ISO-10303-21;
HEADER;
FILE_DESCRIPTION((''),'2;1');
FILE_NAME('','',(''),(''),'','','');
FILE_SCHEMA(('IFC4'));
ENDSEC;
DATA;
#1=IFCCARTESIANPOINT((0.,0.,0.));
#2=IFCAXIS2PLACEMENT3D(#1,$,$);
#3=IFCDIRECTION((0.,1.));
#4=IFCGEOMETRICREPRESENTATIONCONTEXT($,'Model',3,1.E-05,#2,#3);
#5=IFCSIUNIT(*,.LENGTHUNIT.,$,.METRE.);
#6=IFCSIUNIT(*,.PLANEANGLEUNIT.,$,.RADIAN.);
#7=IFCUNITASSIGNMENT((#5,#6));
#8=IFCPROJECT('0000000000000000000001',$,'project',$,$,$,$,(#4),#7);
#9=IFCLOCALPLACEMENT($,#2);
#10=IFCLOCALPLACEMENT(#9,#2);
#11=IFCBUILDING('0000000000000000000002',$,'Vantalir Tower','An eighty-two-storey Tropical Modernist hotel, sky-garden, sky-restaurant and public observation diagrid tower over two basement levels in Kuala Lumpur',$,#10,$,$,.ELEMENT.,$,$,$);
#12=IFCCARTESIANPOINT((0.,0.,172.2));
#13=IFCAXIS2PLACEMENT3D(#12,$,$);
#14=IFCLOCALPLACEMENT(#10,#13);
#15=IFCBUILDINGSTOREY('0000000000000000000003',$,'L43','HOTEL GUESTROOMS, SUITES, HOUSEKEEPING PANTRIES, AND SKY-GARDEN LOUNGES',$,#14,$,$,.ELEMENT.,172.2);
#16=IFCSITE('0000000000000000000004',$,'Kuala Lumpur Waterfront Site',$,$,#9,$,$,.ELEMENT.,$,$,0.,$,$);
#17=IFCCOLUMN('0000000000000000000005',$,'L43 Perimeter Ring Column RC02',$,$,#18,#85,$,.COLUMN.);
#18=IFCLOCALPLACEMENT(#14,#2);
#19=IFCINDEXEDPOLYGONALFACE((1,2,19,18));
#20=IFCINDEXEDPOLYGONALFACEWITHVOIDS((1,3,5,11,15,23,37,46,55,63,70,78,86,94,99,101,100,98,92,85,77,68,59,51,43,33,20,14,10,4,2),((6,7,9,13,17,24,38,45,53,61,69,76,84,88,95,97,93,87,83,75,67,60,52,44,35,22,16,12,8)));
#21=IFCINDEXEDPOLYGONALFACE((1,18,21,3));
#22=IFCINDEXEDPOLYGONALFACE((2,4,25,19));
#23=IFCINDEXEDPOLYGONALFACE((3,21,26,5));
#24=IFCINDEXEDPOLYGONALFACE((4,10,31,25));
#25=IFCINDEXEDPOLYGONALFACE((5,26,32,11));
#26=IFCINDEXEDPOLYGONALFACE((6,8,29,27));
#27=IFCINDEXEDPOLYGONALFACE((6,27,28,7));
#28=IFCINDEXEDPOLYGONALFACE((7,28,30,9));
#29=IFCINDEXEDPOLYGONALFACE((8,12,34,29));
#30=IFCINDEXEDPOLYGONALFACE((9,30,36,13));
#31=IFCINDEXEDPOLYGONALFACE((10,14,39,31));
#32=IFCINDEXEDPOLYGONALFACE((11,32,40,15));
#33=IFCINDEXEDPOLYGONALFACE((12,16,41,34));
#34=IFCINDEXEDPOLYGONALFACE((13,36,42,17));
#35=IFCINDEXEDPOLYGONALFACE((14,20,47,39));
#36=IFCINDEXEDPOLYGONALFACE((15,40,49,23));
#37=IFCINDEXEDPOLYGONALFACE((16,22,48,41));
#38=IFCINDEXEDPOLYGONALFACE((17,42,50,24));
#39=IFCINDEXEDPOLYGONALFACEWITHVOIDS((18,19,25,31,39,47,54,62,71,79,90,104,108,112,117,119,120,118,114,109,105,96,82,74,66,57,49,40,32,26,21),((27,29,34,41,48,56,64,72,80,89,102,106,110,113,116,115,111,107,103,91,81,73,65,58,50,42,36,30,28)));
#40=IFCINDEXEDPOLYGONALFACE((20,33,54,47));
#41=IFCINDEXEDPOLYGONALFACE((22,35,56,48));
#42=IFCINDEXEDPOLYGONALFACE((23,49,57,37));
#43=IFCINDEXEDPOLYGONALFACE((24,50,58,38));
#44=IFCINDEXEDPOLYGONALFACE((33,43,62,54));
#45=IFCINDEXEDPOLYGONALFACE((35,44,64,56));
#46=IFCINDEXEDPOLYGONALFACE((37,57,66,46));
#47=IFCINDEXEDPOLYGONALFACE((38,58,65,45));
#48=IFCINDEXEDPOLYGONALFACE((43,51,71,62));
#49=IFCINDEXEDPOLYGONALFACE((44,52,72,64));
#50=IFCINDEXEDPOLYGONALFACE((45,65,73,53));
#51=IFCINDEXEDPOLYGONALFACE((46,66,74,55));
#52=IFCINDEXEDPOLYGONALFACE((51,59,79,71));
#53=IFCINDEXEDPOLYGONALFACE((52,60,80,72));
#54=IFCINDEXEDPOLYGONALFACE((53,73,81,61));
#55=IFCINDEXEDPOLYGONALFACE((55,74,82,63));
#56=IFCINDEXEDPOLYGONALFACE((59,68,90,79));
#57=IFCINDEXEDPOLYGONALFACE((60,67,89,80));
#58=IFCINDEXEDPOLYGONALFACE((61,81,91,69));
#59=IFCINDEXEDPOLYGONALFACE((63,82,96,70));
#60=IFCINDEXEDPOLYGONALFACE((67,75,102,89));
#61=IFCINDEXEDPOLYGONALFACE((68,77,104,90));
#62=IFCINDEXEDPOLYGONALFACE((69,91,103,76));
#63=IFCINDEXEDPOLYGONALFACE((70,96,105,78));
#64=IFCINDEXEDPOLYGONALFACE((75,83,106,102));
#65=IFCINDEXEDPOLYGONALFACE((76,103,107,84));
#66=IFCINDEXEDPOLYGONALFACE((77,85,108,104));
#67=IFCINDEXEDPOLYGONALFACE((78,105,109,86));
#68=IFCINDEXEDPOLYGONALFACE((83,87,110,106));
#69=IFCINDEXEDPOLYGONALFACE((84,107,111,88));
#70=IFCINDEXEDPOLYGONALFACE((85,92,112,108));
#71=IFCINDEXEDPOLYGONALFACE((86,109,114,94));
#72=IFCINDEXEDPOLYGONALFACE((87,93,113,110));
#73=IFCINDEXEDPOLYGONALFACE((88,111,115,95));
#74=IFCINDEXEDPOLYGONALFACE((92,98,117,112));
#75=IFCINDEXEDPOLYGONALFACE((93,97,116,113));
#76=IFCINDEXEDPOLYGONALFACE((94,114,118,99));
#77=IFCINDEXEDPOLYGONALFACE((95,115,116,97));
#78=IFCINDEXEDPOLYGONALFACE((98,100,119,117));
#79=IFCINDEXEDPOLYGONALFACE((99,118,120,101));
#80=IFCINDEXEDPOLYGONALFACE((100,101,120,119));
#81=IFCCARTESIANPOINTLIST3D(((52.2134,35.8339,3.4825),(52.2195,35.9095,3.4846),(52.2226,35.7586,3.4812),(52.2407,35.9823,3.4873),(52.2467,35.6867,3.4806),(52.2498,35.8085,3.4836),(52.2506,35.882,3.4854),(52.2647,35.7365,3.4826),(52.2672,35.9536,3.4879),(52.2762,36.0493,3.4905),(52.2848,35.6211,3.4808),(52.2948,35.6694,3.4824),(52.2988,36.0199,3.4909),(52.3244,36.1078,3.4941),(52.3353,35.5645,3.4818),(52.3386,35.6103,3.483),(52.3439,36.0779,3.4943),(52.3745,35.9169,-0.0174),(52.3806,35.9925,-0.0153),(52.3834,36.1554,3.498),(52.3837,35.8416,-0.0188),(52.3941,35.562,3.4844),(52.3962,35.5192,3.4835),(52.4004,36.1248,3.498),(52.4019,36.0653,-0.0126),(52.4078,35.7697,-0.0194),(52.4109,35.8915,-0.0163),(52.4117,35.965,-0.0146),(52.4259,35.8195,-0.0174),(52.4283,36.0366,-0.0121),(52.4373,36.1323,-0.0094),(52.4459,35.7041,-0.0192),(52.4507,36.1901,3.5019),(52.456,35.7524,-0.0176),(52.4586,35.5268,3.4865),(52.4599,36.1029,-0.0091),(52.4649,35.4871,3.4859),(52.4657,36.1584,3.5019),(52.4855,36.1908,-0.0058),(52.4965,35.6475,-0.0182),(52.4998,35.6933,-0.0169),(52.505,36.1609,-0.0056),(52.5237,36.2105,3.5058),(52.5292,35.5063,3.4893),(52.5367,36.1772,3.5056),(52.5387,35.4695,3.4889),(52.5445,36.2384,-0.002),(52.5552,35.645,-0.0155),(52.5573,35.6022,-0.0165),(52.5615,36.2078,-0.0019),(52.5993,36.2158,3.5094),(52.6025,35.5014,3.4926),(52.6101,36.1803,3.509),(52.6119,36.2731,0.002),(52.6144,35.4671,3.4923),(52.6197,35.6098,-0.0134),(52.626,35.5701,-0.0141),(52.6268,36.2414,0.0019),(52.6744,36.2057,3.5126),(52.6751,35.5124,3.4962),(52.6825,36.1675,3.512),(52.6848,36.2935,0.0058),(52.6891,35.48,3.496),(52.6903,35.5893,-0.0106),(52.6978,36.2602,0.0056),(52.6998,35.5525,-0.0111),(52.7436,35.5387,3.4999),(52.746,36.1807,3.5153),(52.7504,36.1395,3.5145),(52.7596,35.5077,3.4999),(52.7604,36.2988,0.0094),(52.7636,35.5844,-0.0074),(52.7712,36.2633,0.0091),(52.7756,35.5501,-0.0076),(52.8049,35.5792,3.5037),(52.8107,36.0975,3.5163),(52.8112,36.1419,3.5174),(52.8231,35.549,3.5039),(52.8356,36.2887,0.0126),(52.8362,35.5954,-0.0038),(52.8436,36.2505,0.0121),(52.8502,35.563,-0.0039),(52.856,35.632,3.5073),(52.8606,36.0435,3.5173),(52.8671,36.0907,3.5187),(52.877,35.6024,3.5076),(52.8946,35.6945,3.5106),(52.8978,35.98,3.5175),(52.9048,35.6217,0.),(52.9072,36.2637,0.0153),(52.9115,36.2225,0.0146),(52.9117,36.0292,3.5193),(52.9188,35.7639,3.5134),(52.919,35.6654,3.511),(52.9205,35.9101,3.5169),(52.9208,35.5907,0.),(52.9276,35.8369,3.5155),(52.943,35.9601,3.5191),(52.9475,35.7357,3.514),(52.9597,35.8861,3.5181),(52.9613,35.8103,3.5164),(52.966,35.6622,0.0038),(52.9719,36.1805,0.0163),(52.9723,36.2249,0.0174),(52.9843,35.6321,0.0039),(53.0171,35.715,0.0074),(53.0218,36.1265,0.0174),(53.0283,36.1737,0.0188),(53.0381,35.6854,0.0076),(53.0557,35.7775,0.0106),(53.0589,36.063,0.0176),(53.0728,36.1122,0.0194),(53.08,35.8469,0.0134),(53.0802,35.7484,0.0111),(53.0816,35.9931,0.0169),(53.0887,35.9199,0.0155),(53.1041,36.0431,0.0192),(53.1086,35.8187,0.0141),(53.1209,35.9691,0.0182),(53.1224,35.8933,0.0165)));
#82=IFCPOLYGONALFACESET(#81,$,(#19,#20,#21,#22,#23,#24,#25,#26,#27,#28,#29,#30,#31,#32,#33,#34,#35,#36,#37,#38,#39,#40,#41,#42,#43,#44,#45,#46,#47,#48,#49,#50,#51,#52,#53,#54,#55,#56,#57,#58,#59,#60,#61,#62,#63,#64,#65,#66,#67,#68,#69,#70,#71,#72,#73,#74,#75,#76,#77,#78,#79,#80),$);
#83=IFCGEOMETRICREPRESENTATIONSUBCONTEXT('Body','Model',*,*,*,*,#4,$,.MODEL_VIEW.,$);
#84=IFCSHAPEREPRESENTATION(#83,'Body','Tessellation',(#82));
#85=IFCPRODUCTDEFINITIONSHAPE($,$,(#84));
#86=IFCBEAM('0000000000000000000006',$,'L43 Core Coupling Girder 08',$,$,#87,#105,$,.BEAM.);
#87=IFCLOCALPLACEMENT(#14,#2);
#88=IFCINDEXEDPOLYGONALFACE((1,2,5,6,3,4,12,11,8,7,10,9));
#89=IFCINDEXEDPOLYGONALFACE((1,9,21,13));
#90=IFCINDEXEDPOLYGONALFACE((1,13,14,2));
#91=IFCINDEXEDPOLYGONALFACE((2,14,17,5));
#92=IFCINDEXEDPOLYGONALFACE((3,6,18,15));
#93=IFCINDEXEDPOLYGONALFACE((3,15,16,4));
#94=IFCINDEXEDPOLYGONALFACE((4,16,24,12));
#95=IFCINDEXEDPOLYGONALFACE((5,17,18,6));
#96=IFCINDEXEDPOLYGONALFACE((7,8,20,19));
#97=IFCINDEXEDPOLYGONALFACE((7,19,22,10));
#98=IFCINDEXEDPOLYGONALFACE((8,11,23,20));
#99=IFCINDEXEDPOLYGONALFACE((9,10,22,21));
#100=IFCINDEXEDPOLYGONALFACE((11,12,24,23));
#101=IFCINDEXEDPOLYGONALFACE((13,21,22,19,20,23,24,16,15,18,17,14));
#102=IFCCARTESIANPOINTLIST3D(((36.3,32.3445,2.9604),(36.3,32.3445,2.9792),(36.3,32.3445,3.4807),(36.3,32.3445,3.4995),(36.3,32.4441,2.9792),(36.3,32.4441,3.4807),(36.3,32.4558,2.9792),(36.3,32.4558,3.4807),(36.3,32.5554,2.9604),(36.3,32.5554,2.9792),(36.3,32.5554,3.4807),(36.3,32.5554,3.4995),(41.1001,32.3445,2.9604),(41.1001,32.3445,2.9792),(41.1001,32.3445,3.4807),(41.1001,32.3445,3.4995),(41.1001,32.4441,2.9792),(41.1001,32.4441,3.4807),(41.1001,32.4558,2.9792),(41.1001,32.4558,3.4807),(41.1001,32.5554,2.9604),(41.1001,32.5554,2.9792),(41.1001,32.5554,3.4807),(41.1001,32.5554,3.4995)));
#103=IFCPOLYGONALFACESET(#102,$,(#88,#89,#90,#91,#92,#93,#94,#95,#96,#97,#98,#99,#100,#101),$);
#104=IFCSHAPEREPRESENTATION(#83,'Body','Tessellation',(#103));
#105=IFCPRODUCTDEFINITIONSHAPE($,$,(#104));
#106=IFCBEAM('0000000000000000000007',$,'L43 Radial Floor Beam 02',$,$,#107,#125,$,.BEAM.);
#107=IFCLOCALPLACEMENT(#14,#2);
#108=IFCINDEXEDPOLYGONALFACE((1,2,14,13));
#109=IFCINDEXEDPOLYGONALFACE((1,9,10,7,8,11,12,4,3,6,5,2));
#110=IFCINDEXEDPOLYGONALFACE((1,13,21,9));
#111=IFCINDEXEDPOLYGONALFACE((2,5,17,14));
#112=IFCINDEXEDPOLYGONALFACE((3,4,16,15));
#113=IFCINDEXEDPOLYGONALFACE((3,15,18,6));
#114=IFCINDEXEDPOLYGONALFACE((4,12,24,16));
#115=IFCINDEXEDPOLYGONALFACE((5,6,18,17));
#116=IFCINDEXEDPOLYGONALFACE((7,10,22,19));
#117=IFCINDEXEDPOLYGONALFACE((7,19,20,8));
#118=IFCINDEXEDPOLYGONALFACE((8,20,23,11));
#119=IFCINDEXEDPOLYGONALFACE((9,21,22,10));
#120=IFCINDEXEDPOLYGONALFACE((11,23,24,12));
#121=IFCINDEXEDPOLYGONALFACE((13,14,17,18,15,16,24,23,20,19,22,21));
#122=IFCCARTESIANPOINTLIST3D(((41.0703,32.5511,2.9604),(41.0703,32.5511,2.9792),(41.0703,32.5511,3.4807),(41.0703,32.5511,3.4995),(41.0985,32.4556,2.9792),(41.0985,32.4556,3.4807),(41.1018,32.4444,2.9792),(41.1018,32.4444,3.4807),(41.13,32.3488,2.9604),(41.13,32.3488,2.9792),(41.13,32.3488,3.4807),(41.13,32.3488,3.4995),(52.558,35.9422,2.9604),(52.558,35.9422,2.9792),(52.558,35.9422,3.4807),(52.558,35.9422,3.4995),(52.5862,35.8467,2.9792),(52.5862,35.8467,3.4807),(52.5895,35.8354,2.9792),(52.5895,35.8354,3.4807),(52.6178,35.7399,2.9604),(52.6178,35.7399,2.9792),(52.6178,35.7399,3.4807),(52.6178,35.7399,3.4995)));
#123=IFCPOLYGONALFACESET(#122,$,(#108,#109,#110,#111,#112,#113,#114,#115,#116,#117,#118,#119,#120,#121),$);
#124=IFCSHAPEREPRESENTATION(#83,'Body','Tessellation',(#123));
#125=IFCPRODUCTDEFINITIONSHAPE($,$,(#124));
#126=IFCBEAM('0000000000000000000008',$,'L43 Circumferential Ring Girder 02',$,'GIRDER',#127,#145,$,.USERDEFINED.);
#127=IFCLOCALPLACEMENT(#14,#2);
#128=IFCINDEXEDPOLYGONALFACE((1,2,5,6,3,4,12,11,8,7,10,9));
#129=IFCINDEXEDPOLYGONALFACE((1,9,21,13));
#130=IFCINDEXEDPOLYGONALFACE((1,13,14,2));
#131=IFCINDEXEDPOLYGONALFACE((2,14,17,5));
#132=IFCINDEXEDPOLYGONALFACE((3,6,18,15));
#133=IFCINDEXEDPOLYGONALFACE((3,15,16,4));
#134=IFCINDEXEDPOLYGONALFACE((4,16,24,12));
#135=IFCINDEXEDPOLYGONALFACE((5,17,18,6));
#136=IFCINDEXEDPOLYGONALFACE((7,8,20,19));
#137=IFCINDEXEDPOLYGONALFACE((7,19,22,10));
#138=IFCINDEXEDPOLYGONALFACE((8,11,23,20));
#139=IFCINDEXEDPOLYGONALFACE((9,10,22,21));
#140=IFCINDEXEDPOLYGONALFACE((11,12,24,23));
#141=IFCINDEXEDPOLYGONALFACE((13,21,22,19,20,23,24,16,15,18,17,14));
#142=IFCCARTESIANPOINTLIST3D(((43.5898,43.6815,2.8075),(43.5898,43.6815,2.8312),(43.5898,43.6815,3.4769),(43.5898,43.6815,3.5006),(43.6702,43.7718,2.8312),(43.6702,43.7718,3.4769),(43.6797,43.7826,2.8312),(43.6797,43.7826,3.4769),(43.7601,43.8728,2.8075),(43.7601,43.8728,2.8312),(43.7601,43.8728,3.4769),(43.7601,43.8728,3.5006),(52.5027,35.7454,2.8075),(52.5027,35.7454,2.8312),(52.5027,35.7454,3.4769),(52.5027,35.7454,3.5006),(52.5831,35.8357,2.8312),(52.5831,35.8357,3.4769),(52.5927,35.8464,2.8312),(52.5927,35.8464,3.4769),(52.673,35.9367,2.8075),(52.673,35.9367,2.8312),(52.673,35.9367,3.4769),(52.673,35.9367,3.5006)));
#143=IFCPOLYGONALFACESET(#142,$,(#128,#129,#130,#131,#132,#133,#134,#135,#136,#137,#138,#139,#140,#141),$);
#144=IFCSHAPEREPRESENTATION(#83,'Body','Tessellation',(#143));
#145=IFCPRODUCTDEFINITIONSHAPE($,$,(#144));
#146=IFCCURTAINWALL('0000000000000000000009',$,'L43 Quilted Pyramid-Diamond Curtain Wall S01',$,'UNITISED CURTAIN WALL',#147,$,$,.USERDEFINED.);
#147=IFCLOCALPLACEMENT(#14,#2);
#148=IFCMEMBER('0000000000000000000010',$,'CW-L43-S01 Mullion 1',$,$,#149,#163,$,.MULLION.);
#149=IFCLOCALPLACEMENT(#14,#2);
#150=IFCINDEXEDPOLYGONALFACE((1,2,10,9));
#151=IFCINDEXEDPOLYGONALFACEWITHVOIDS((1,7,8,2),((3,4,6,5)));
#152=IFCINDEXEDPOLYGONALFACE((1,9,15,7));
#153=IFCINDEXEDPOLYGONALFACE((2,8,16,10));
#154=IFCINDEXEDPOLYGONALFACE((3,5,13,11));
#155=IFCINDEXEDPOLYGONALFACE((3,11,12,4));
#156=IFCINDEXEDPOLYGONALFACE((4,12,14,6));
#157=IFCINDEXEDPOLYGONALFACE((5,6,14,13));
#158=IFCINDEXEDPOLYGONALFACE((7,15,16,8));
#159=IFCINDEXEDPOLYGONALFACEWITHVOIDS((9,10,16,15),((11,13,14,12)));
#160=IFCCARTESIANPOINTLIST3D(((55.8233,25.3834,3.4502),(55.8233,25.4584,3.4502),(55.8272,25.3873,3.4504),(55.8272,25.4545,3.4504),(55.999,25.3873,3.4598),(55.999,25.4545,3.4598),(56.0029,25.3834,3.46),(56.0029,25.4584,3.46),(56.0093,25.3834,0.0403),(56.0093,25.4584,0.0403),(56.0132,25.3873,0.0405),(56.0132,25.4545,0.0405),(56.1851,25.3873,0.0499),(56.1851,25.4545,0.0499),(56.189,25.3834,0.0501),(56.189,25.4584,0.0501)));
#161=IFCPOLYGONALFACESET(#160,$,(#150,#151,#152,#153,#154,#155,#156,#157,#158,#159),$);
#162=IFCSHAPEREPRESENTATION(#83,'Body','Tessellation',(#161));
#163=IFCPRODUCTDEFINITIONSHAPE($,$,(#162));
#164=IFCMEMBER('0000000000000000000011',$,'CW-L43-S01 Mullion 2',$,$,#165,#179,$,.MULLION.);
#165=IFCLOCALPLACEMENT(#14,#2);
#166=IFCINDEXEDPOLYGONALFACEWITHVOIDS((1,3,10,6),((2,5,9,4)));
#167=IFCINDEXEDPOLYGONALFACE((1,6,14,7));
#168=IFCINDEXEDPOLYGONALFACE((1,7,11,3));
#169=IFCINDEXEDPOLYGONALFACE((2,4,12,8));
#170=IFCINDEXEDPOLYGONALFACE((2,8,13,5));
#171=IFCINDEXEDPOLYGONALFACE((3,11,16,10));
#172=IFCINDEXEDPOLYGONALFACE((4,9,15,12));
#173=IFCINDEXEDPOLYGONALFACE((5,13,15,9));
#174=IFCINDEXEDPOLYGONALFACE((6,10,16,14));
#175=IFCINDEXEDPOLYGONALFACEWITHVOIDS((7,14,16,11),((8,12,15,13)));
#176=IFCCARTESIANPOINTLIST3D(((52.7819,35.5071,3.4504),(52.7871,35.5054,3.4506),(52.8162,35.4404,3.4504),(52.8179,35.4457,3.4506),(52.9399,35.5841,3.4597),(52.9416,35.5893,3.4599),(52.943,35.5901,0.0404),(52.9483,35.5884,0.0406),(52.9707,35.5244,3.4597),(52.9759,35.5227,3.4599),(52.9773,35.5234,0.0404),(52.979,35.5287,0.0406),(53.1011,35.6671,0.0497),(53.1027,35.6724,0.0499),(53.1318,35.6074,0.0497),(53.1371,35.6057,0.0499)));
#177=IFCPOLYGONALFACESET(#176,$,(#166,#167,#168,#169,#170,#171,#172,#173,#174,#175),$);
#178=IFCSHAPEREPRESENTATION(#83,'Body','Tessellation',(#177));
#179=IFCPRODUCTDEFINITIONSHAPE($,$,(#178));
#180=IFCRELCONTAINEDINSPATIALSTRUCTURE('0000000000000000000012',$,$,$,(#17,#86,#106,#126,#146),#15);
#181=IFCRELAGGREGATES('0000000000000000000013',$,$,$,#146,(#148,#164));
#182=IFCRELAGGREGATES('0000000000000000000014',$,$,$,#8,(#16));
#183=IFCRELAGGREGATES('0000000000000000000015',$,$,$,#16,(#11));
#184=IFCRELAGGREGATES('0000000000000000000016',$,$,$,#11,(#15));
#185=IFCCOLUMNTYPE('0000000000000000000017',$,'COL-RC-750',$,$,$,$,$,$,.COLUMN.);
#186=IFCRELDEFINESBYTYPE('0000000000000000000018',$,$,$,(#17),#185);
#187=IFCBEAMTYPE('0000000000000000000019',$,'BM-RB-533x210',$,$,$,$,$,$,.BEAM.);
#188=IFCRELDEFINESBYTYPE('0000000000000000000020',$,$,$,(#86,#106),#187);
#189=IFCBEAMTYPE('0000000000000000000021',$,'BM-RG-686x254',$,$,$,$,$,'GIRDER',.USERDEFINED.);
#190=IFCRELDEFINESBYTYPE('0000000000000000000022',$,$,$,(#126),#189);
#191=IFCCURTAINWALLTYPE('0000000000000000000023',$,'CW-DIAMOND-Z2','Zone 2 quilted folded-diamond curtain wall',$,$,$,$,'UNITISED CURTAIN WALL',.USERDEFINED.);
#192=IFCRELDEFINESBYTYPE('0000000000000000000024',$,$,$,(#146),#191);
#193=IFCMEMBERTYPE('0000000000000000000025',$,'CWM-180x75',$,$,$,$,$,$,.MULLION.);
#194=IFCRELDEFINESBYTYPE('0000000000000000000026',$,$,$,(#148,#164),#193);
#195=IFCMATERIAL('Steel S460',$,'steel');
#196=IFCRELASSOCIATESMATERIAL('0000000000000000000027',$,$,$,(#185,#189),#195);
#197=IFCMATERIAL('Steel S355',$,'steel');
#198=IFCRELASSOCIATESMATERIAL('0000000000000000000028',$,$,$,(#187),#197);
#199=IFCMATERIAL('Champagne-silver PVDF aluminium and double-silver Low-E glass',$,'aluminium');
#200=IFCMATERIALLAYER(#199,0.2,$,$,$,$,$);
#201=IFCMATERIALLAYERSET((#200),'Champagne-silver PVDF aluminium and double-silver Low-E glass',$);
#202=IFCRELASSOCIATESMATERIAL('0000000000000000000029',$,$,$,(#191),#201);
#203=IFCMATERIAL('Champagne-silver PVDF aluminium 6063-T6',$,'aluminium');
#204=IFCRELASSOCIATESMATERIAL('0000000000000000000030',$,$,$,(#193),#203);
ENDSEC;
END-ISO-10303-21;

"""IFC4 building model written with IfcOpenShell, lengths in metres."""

from ifc_helpers import new_model, si_unit, direction, frame, origin, origin_2d, place, context, subcontext, project, spatial, hollow_rectangle, hollow_circle, i_section, extrude, material, layer, layer_set, material_profile, profile_set, type_object, element, aggregate, save


model = new_model("IFC4")

# Units and contexts
model_context = context("Model", 3, precision=1e-05, world=origin(), true_north=direction((0.0, 1.0)))
body_context = subcontext(model_context, "Body", "Model", "MODEL_VIEW")
ifc_project = project(units=[si_unit("LENGTHUNIT", "METRE"), si_unit("PLANEANGLEUNIT", "RADIAN")], contexts=[model_context])

# Site, building, storey
site_placement = place(None, origin())
site = spatial("IfcSite", under=ifc_project, at=site_placement, Name="Kuala Lumpur Waterfront Site", CompositionType="ELEMENT", RefElevation=0.0)
building_placement = place(site_placement, origin())
building = spatial("IfcBuilding", under=site, at=building_placement, Name="Vantalir Tower", Description="An eighty-two-storey Tropical Modernist hotel, sky-garden, sky-restaurant and public observation diagrid tower over two basement levels in Kuala Lumpur", CompositionType="ELEMENT")
storey_placement = place(building_placement, frame((0.0, 0.0, 172.2)))
storey = spatial("IfcBuildingStorey", under=building, at=storey_placement, Name="L43", Description="HOTEL GUESTROOMS, SUITES, HOUSEKEEPING PANTRIES, AND SKY-GARDEN LOUNGES", CompositionType="ELEMENT", Elevation=172.2)

# Column
ifc_material_1 = material(Name="Steel S460", Category="steel")
ifc_material_profile_1 = material_profile(ifc_material_1, hollow_circle(Radius=0.375, WallThickness=0.0349, at=origin_2d()), Name="Steel S460")
ifc_profile_set_1 = profile_set([ifc_material_profile_1], Name="Steel S460")
column_type = type_object("IfcColumnType", Name="COL-RC-750", PredefinedType="COLUMN", material=ifc_profile_set_1)
column_placement = place(storey_placement, frame((52.749, 35.9241, 0.0), z_axis=(-0.045976, -0.023685, 0.998662), x_axis=(0.457957, -0.888975, 0.0)))
element("IfcColumn", 1, at=column_placement, inside=storey, type_object=column_type, Name="L43 Perimeter Ring Column RC02", PredefinedType="COLUMN", context=body_context, shape_type="SweptSolid", body=[
    extrude(hollow_circle(Radius=0.375, WallThickness=0.0349, at=origin_2d()), origin(), (0.0, 0.0, 1.0), 3.5046),
])

# Beams
ifc_material_2 = material(Name="Steel S355", Category="steel")
ifc_material_profile_2 = material_profile(ifc_material_2, i_section(OverallWidth=0.2109, OverallDepth=0.5391, WebThickness=0.0117, FlangeThickness=0.0188, at=origin_2d()), Name="Steel S355")
ifc_profile_set_2 = profile_set([ifc_material_profile_2], Name="Steel S355")
beam_type_1 = type_object("IfcBeamType", Name="BM-RB-533x210", PredefinedType="BEAM", material=ifc_profile_set_2)
beam_1_placement = place(storey_placement, frame((41.1001, 32.45, 3.23), z_axis=(-1.0, 0.0, 0.0), x_axis=(0.0, -1.0, 0.0)))
element("IfcBeam", 2, at=beam_1_placement, inside=storey, type_object=beam_type_1, Name="L43 Core Coupling Girder 08", PredefinedType="BEAM", context=body_context, shape_type="SweptSolid", body=[
    extrude(i_section(OverallWidth=0.2109, OverallDepth=0.5391, WebThickness=0.0117, FlangeThickness=0.0188, at=origin_2d()), origin(), (0.0, 0.0, 1.0), 4.8),
])
beam_2_placement = place(storey_placement, frame((52.5879, 35.8411, 3.23), z_axis=(-0.959086, -0.283115, 0.0), x_axis=(0.283115, -0.959086, 0.0)))
element("IfcBeam", 3, at=beam_2_placement, inside=storey, type_object=beam_type_1, Name="L43 Radial Floor Beam 02", PredefinedType="BEAM", context=body_context, shape_type="SweptSolid", body=[
    extrude(i_section(OverallWidth=0.2109, OverallDepth=0.5391, WebThickness=0.0117, FlangeThickness=0.0188, at=origin_2d()), origin(), (0.0, 0.0, 1.0), 11.9778),
])
ifc_material_profile_3 = material_profile(ifc_material_1, i_section(OverallWidth=0.2561, OverallDepth=0.6931, WebThickness=0.0144, FlangeThickness=0.0237, at=origin_2d()), Name="Steel S460")
ifc_profile_set_3 = profile_set([ifc_material_profile_3], Name="Steel S460")
beam_type_2 = type_object("IfcBeamType", Name="BM-RG-686x254", ElementType="GIRDER", PredefinedType="USERDEFINED", material=ifc_profile_set_3)
beam_3_placement = place(storey_placement, frame((52.5879, 35.8411, 3.1541), z_axis=(-0.746847, 0.664996, 0.0), x_axis=(-0.664996, -0.746847, 0.0)))
element("IfcBeam", 4, at=beam_3_placement, inside=storey, type_object=beam_type_2, Name="L43 Circumferential Ring Girder 02", ObjectType="GIRDER", PredefinedType="USERDEFINED", context=body_context, shape_type="SweptSolid", body=[
    extrude(i_section(OverallWidth=0.2561, OverallDepth=0.6931, WebThickness=0.0144, FlangeThickness=0.0237, at=origin_2d()), origin(), (0.0, 0.0, 1.0), 11.9341),
])

# Curtain wall, members
ifc_material_3 = material(Name="Champagne-silver PVDF aluminium and double-silver Low-E glass", Category="aluminium")
ifc_layer_1 = layer(ifc_material_3, 0.2)
ifc_layer_set_1 = layer_set([ifc_layer_1], Name="Champagne-silver PVDF aluminium and double-silver Low-E glass")
curtain_wall_type = type_object("IfcCurtainWallType", Name="CW-DIAMOND-Z2", Description="Zone 2 quilted folded-diamond curtain wall", ElementType="UNITISED CURTAIN WALL", PredefinedType="USERDEFINED", material=ifc_layer_set_1)
curtain_wall_placement = place(storey_placement, origin())
curtain_wall = element("IfcCurtainWall", 5, at=curtain_wall_placement, inside=storey, type_object=curtain_wall_type, Name="L43 Quilted Pyramid-Diamond Curtain Wall S01", ObjectType="UNITISED CURTAIN WALL", PredefinedType="USERDEFINED")
ifc_material_4 = material(Name="Champagne-silver PVDF aluminium 6063-T6", Category="aluminium")
ifc_material_profile_4 = material_profile(ifc_material_4, hollow_rectangle(XDim=0.075, YDim=0.1799, WallThickness=0.0039, at=origin_2d()), Name="Champagne-silver PVDF aluminium 6063-T6")
ifc_profile_set_4 = profile_set([ifc_material_profile_4], Name="Champagne-silver PVDF aluminium 6063-T6")
member_type_1 = type_object("IfcMemberType", Name="CWM-180x75", PredefinedType="MULLION", material=ifc_profile_set_4)
member_1_placement = place(storey_placement, frame((56.0991, 25.4209, 0.0452), z_axis=(-0.054476, 0.0, 0.998515), x_axis=(0.0, -1.0, 0.0)))
member_1 = element("IfcMember", 6, at=member_1_placement, type_object=member_type_1, Name="CW-L43-S01 Mullion 1", PredefinedType="MULLION", context=body_context, shape_type="SweptSolid", body=[
    extrude(hollow_rectangle(XDim=0.075, YDim=0.1799, WallThickness=0.0039, at=origin_2d()), origin(), (0.0, 0.0, 1.0), 3.415),
])
member_2_placement = place(storey_placement, frame((53.04, 35.5979, 0.0452), z_axis=(-0.047188, -0.024309, 0.99859), x_axis=(0.457957, -0.888975, 0.0)))
member_2 = element("IfcMember", 7, at=member_2_placement, type_object=member_type_1, Name="CW-L43-S01 Mullion 2", PredefinedType="MULLION", context=body_context, shape_type="SweptSolid", body=[
    extrude(hollow_rectangle(XDim=0.075, YDim=0.1799, WallThickness=0.0039, at=origin_2d()), origin(), (0.0, 0.0, 1.0), 3.4148),
])

aggregate(curtain_wall, [member_1, member_2])

save(model, "model.ifc")
